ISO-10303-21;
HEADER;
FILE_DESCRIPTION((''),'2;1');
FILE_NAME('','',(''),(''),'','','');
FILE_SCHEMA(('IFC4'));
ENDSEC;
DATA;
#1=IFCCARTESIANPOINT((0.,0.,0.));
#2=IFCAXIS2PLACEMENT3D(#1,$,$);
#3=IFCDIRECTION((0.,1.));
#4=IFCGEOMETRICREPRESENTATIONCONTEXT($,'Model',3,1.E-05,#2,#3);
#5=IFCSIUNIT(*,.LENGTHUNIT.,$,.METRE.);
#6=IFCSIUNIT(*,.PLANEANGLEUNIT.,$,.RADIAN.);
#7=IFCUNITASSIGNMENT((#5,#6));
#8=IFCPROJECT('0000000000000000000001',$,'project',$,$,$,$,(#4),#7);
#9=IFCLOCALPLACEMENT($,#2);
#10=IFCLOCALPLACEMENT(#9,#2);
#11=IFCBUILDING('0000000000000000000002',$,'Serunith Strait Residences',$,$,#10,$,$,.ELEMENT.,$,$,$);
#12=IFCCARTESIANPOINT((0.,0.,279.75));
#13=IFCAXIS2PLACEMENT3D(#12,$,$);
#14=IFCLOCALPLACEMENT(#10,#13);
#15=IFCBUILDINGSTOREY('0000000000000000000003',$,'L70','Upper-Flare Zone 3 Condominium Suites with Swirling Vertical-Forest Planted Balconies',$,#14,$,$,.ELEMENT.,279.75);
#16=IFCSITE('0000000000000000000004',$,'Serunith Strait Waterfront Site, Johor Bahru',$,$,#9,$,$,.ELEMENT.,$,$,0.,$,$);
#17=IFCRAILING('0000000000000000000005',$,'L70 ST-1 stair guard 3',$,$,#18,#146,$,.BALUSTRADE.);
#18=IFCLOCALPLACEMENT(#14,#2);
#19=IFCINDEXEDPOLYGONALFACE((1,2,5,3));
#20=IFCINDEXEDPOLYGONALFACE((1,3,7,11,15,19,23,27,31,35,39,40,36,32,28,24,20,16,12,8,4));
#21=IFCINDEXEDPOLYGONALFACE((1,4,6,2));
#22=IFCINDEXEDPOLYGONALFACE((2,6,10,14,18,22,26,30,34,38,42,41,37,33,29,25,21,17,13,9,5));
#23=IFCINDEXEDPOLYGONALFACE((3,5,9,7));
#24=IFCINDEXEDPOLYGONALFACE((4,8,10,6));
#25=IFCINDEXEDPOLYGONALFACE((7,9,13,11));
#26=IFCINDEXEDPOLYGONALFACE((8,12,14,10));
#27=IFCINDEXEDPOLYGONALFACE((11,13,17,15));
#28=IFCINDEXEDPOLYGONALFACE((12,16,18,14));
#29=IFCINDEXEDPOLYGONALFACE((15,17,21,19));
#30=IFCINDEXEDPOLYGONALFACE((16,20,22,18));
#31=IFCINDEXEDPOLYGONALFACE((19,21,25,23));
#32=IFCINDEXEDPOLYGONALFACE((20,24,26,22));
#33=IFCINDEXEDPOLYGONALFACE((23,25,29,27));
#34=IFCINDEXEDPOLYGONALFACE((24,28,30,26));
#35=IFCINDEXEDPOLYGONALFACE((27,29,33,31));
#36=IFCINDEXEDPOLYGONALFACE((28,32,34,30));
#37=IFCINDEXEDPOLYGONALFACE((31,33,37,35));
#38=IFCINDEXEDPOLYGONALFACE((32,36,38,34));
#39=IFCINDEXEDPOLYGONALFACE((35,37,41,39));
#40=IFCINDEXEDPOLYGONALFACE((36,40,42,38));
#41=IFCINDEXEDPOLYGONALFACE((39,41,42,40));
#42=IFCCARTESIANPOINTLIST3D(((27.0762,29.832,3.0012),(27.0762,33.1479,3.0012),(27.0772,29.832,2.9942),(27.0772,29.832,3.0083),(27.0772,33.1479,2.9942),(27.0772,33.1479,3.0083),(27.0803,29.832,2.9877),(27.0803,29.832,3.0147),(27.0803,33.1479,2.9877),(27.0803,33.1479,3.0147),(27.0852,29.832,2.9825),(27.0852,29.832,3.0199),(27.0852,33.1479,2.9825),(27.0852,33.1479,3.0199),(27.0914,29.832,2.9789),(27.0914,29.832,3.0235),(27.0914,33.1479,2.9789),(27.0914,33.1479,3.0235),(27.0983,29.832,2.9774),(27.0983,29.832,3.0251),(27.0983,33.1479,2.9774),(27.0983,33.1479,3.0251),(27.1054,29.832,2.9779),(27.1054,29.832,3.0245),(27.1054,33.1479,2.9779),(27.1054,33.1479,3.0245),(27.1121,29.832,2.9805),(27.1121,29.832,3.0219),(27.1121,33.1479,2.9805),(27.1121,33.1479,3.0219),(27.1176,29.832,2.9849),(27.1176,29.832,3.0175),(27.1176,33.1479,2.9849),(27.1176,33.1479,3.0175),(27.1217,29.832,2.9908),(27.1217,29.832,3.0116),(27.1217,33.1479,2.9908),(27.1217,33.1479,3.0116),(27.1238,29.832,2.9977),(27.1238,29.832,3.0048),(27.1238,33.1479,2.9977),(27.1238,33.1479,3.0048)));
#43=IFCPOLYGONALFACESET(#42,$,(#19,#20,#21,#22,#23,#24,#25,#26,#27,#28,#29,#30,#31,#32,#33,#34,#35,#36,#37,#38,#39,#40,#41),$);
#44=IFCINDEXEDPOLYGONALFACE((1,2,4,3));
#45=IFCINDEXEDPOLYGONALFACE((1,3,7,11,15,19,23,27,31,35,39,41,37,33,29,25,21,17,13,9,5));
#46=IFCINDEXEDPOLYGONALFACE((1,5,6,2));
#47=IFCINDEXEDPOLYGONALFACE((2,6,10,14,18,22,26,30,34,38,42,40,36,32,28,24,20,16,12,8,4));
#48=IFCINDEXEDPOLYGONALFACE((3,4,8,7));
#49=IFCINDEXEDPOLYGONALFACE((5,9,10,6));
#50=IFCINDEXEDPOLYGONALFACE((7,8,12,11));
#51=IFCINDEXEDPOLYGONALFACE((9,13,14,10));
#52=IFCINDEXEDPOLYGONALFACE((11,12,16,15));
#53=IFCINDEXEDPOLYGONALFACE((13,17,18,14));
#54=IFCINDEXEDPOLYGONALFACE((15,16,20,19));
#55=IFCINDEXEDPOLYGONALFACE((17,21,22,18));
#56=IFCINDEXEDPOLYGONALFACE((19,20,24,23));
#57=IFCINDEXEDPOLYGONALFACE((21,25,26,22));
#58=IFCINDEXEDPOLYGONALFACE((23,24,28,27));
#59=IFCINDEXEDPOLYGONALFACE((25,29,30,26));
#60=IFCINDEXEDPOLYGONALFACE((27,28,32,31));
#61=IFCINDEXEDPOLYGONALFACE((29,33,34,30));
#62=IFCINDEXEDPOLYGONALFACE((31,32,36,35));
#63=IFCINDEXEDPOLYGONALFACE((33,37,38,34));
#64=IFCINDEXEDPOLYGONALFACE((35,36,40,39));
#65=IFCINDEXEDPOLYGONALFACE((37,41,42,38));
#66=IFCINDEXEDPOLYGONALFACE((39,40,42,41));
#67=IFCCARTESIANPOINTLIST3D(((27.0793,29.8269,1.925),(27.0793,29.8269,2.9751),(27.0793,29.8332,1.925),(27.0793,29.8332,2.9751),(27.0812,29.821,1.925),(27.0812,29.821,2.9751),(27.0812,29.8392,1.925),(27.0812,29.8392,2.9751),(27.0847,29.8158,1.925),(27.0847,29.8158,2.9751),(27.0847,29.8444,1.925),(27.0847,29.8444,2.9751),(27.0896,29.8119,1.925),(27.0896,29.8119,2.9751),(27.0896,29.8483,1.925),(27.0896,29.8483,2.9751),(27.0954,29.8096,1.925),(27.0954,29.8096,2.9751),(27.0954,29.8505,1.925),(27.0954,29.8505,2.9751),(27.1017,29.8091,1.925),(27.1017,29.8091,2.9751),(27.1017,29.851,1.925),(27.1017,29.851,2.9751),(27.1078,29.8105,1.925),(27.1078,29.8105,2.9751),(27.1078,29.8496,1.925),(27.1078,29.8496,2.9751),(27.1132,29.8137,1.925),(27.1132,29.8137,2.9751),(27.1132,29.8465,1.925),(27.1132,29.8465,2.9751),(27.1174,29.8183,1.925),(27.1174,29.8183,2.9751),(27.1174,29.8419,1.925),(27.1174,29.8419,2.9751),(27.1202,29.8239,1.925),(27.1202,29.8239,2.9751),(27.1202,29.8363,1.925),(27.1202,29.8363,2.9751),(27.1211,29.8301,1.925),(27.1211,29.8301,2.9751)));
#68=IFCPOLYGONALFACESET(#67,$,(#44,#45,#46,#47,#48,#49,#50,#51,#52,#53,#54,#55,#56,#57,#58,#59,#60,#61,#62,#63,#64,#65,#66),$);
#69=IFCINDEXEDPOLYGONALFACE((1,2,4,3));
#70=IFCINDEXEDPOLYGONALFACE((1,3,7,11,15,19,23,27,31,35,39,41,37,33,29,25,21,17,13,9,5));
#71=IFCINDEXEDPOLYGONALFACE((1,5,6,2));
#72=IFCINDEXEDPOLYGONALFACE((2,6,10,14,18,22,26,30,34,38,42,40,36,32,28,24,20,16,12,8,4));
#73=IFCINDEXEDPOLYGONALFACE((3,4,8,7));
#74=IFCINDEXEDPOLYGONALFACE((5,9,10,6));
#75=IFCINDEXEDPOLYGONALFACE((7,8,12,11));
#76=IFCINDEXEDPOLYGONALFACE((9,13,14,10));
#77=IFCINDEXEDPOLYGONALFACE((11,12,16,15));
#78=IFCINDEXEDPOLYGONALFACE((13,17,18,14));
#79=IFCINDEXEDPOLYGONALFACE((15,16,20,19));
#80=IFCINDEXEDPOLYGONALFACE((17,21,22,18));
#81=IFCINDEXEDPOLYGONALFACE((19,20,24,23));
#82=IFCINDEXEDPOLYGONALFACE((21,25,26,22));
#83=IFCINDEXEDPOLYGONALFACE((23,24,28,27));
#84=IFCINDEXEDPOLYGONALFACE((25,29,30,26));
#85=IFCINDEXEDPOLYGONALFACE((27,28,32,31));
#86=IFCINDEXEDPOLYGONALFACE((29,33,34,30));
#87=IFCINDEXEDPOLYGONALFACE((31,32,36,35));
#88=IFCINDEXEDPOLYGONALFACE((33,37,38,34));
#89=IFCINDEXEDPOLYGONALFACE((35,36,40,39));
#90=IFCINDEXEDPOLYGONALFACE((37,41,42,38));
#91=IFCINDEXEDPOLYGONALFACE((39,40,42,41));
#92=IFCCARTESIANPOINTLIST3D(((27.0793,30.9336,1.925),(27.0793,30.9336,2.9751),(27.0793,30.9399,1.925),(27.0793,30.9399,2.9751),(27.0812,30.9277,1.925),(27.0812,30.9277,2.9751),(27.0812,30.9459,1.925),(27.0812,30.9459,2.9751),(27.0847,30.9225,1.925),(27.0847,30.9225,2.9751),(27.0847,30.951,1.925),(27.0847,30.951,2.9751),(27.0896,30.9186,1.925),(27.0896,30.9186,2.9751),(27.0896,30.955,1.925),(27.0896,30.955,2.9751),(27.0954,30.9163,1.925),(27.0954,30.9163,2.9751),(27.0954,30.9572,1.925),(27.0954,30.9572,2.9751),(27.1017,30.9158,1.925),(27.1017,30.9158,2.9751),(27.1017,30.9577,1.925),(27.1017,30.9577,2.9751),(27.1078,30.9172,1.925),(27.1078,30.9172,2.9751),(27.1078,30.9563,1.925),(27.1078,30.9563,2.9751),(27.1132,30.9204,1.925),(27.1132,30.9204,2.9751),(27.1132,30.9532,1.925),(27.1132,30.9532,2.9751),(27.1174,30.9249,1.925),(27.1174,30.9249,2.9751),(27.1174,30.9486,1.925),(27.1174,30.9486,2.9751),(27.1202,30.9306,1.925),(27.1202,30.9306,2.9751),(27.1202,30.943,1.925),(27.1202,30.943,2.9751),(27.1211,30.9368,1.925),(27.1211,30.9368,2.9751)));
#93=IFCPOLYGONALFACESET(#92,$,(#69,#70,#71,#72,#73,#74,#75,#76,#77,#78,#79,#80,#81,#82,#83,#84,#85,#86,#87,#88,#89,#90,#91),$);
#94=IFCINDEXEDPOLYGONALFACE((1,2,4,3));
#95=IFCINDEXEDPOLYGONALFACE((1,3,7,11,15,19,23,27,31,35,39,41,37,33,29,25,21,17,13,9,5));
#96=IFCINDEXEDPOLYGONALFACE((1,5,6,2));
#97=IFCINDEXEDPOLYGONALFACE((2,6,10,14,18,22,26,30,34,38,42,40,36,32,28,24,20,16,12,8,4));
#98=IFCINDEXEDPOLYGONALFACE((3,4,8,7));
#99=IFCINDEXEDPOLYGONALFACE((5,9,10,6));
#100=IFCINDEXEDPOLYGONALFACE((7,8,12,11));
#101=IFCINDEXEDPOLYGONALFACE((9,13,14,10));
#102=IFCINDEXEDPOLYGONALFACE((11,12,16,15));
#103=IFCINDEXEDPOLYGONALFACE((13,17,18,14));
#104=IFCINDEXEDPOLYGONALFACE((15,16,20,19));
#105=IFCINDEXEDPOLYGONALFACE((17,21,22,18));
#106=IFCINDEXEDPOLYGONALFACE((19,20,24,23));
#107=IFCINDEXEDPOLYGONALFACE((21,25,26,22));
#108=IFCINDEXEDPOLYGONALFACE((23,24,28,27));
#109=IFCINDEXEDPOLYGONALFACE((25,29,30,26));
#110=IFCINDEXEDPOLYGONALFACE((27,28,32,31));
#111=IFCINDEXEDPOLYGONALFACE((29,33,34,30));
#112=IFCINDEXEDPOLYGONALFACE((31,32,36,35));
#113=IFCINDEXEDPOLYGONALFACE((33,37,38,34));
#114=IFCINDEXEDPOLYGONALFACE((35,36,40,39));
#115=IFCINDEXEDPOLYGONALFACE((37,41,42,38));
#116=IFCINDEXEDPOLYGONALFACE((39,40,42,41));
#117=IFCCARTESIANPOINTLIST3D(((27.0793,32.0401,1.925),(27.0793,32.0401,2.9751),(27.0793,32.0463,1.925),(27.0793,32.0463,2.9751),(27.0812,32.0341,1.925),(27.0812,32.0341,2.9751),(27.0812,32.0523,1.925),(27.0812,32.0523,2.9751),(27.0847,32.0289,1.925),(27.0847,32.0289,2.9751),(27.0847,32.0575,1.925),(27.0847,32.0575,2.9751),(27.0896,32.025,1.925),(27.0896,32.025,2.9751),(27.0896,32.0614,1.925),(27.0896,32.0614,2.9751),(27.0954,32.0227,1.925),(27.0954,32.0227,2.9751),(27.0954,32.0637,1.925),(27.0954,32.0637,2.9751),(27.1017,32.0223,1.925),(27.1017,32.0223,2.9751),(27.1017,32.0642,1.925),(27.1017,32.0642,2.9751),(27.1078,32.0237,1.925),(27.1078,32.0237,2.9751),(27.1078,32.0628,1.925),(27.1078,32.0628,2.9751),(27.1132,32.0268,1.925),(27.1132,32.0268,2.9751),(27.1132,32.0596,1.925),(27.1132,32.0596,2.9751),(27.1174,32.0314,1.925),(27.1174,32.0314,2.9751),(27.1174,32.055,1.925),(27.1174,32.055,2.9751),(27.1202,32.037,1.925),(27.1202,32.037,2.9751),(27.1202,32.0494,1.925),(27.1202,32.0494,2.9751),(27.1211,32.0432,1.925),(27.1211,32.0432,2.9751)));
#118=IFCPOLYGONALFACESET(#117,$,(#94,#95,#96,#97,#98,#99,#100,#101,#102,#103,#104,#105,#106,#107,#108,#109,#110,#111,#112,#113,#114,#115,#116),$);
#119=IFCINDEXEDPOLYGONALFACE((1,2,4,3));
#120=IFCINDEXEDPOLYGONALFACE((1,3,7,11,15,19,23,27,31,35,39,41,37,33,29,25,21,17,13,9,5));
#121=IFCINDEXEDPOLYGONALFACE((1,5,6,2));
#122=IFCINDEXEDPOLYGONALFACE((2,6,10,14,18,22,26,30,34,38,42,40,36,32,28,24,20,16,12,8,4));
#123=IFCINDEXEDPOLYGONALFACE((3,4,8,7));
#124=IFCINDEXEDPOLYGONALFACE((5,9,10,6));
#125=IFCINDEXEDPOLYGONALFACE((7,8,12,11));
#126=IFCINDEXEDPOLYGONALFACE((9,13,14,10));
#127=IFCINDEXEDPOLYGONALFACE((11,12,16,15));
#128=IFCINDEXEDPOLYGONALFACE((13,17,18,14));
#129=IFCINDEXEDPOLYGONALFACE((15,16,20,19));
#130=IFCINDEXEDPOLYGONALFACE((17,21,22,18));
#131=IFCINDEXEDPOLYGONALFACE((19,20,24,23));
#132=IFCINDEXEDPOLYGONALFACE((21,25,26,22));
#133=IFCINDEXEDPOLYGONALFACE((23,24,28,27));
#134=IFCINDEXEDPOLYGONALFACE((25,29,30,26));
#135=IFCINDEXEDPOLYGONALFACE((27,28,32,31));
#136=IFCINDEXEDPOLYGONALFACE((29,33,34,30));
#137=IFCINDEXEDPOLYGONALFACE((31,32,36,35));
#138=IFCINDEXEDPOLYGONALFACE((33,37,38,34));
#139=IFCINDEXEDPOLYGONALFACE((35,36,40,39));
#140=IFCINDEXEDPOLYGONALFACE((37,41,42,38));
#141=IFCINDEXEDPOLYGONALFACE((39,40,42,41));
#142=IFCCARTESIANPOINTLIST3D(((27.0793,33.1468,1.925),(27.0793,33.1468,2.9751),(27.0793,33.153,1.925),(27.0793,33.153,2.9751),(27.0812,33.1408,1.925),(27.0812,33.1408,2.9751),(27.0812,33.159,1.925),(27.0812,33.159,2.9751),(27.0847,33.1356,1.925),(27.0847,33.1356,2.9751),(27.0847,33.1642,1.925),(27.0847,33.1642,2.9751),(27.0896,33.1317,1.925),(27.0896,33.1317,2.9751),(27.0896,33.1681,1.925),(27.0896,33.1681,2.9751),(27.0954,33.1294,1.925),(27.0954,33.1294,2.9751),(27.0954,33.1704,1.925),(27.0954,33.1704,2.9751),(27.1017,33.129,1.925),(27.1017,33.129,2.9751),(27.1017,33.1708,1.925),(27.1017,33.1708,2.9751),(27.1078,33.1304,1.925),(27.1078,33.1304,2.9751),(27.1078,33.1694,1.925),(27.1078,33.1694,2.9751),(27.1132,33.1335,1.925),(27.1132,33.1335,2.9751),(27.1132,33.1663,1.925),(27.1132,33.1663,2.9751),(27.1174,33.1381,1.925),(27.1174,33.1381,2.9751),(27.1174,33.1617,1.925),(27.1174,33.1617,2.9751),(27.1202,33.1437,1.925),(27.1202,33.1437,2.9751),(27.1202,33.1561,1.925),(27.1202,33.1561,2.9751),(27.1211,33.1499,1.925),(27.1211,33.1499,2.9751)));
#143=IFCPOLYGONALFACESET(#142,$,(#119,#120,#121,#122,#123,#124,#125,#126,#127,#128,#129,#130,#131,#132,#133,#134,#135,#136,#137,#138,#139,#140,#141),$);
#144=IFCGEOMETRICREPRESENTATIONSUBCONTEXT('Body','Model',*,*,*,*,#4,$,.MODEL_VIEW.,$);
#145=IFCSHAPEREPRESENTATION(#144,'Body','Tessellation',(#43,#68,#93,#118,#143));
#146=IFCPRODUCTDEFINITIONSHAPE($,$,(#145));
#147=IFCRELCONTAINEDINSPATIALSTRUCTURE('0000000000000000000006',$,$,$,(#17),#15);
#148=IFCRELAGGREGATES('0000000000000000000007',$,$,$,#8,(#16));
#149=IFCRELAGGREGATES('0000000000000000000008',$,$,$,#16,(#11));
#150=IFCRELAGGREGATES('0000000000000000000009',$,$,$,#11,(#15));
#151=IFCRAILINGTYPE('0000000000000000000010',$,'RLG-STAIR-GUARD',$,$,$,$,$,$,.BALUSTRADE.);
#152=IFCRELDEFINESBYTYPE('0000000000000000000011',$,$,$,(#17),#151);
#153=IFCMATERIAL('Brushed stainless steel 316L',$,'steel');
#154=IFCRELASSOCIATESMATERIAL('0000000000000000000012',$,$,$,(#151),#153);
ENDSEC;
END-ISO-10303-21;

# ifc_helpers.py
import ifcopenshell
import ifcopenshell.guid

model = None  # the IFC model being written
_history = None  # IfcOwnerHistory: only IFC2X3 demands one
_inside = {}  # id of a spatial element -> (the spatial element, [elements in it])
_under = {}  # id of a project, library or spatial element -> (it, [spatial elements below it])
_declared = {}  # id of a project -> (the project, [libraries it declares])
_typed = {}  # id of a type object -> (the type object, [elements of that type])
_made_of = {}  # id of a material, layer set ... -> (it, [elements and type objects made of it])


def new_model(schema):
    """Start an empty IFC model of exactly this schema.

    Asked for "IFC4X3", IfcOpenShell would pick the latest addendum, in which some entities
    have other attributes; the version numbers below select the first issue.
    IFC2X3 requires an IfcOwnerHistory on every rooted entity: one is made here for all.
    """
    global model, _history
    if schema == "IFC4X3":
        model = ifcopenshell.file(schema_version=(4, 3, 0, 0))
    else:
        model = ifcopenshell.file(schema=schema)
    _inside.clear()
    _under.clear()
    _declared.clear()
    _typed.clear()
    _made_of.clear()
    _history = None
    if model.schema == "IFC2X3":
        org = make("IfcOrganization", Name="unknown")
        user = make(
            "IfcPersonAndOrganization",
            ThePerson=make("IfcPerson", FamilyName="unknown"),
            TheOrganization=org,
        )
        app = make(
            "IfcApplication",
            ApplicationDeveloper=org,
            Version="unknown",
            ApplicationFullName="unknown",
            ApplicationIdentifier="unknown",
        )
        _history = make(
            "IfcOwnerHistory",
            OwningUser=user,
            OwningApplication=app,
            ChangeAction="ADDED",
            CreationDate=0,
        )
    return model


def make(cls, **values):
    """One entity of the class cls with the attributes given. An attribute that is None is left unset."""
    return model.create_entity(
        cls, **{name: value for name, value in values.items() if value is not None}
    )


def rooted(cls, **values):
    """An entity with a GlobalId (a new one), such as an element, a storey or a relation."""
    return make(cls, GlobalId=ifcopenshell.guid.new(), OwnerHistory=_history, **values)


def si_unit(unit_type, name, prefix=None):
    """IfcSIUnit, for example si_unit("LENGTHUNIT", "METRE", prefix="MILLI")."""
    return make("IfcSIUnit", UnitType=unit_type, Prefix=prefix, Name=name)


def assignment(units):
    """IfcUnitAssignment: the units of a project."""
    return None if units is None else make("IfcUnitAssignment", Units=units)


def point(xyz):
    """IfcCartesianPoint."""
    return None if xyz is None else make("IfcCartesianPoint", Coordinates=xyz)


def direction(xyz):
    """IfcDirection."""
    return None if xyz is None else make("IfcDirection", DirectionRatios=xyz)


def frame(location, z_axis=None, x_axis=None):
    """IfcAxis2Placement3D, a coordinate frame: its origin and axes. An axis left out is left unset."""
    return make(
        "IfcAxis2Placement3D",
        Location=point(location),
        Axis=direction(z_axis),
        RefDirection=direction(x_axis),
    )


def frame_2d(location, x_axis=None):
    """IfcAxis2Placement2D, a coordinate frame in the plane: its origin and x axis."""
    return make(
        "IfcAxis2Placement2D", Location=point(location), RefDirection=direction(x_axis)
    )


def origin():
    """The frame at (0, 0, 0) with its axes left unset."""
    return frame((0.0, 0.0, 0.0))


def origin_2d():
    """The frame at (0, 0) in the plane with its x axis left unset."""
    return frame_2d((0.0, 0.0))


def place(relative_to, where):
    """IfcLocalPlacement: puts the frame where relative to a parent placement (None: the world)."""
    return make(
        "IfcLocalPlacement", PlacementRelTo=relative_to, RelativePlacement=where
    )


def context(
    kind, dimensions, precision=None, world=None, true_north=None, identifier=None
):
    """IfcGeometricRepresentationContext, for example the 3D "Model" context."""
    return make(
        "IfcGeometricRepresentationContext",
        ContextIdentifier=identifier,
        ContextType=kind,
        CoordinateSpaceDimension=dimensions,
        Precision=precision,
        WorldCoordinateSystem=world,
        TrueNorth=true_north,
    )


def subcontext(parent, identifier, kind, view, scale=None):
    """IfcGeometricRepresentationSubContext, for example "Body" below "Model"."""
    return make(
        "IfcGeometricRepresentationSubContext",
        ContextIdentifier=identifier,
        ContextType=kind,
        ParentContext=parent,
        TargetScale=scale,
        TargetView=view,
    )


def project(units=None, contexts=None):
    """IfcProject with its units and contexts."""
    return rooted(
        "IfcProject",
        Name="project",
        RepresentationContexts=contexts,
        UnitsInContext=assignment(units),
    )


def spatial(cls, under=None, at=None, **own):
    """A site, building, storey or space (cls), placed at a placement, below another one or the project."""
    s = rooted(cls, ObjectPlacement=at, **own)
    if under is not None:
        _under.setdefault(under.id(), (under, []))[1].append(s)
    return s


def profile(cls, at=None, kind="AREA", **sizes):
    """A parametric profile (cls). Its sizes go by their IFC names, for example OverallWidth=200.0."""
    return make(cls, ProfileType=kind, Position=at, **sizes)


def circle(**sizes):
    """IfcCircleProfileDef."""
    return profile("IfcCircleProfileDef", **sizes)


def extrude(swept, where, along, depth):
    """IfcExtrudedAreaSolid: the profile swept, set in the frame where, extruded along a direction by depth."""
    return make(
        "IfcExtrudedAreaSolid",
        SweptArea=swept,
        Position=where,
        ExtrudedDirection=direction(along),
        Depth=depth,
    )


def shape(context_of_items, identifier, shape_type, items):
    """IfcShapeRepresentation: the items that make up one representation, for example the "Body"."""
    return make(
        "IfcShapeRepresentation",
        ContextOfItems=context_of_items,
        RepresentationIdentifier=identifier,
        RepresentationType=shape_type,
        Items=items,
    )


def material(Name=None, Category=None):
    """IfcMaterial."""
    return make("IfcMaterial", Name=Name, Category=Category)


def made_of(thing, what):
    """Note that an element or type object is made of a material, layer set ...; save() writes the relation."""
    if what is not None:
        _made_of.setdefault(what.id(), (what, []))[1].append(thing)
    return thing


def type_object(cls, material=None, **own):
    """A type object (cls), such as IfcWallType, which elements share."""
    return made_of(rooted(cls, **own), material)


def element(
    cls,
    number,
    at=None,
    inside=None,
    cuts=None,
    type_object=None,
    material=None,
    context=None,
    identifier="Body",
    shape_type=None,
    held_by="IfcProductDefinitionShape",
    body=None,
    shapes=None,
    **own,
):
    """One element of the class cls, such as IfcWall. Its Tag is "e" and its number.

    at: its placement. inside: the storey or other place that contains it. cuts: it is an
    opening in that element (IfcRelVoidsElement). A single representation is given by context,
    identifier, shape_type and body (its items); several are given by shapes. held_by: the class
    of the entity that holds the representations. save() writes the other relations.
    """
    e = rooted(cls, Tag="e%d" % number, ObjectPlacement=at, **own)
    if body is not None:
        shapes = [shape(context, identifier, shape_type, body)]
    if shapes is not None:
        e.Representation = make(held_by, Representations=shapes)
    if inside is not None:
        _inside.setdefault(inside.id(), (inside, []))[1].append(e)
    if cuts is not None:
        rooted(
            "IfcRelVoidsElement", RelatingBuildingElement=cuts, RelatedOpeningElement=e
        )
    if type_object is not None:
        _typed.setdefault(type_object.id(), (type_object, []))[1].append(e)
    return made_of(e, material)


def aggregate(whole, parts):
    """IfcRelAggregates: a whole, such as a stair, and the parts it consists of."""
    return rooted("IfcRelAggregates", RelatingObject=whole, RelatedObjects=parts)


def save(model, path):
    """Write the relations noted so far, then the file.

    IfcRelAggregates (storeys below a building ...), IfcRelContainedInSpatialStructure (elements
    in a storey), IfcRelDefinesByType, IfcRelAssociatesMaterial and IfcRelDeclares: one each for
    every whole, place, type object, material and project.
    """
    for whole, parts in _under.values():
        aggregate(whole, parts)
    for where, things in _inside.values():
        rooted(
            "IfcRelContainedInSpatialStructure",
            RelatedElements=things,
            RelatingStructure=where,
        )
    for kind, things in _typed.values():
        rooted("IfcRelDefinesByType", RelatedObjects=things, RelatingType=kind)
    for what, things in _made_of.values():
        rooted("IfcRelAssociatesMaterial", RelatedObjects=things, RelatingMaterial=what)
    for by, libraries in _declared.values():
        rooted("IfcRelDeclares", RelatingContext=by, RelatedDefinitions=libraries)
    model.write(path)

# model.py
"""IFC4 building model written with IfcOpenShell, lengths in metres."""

from ifc_helpers import new_model, si_unit, direction, frame, origin, origin_2d, place, context, subcontext, project, spatial, circle, extrude, material, type_object, element, save


model = new_model("IFC4")

# Units and contexts
model_context = context("Model", 3, precision=1e-05, world=origin(), true_north=direction((0.0, 1.0)))
body_context = subcontext(model_context, "Body", "Model", "MODEL_VIEW")
ifc_project = project(units=[si_unit("LENGTHUNIT", "METRE"), si_unit("PLANEANGLEUNIT", "RADIAN")], contexts=[model_context])

# Site, building, storey
site_placement = place(None, origin())
site = spatial("IfcSite", under=ifc_project, at=site_placement, Name="Serunith Strait Waterfront Site, Johor Bahru", CompositionType="ELEMENT", RefElevation=0.0)
building_placement = place(site_placement, origin())
building = spatial("IfcBuilding", under=site, at=building_placement, Name="Serunith Strait Residences", CompositionType="ELEMENT")
storey_placement = place(building_placement, frame((0.0, 0.0, 279.75)))
storey = spatial("IfcBuildingStorey", under=building, at=storey_placement, Name="L70", Description="Upper-Flare Zone 3 Condominium Suites with Swirling Vertical-Forest Planted Balconies", CompositionType="ELEMENT", Elevation=279.75)

# Railing
ifc_material_1 = material(Name="Brushed stainless steel 316L", Category="steel")
railing_type_1 = type_object("IfcRailingType", Name="RLG-STAIR-GUARD", PredefinedType="BALUSTRADE", material=ifc_material_1)
for number, where, name in (
    (1, (27.1001, 29.8301, 1.925), "L70 ST-1 stair guard 3"),
):
    element("IfcRailing", number, at=place(storey_placement, frame(where)), inside=storey, type_object=railing_type_1, Name=name, PredefinedType="BALUSTRADE", context=body_context, shape_type="SweptSolid", body=[
        extrude(circle(Radius=0.0239, at=origin_2d()), frame((0.0, 0.002, 1.0762), z_axis=(0.0, 1.0, 0.0), x_axis=(-1.0, 0.0, 0.0)), (0.0, 0.0, 1.0), 3.3159),
        extrude(circle(Radius=0.021, at=origin_2d()), origin(), (0.0, 0.0, 1.0), 1.05),
        extrude(circle(Radius=0.021, at=origin_2d()), frame((0.0, 1.1067, 0.0)), (0.0, 0.0, 1.0), 1.05),
        extrude(circle(Radius=0.021, at=origin_2d()), frame((0.0, 2.2131, 0.0)), (0.0, 0.0, 1.0), 1.05),
        extrude(circle(Radius=0.021, at=origin_2d()), frame((0.0, 3.3198, 0.0)), (0.0, 0.0, 1.0), 1.05),
    ])

save(model, "model.ifc")
